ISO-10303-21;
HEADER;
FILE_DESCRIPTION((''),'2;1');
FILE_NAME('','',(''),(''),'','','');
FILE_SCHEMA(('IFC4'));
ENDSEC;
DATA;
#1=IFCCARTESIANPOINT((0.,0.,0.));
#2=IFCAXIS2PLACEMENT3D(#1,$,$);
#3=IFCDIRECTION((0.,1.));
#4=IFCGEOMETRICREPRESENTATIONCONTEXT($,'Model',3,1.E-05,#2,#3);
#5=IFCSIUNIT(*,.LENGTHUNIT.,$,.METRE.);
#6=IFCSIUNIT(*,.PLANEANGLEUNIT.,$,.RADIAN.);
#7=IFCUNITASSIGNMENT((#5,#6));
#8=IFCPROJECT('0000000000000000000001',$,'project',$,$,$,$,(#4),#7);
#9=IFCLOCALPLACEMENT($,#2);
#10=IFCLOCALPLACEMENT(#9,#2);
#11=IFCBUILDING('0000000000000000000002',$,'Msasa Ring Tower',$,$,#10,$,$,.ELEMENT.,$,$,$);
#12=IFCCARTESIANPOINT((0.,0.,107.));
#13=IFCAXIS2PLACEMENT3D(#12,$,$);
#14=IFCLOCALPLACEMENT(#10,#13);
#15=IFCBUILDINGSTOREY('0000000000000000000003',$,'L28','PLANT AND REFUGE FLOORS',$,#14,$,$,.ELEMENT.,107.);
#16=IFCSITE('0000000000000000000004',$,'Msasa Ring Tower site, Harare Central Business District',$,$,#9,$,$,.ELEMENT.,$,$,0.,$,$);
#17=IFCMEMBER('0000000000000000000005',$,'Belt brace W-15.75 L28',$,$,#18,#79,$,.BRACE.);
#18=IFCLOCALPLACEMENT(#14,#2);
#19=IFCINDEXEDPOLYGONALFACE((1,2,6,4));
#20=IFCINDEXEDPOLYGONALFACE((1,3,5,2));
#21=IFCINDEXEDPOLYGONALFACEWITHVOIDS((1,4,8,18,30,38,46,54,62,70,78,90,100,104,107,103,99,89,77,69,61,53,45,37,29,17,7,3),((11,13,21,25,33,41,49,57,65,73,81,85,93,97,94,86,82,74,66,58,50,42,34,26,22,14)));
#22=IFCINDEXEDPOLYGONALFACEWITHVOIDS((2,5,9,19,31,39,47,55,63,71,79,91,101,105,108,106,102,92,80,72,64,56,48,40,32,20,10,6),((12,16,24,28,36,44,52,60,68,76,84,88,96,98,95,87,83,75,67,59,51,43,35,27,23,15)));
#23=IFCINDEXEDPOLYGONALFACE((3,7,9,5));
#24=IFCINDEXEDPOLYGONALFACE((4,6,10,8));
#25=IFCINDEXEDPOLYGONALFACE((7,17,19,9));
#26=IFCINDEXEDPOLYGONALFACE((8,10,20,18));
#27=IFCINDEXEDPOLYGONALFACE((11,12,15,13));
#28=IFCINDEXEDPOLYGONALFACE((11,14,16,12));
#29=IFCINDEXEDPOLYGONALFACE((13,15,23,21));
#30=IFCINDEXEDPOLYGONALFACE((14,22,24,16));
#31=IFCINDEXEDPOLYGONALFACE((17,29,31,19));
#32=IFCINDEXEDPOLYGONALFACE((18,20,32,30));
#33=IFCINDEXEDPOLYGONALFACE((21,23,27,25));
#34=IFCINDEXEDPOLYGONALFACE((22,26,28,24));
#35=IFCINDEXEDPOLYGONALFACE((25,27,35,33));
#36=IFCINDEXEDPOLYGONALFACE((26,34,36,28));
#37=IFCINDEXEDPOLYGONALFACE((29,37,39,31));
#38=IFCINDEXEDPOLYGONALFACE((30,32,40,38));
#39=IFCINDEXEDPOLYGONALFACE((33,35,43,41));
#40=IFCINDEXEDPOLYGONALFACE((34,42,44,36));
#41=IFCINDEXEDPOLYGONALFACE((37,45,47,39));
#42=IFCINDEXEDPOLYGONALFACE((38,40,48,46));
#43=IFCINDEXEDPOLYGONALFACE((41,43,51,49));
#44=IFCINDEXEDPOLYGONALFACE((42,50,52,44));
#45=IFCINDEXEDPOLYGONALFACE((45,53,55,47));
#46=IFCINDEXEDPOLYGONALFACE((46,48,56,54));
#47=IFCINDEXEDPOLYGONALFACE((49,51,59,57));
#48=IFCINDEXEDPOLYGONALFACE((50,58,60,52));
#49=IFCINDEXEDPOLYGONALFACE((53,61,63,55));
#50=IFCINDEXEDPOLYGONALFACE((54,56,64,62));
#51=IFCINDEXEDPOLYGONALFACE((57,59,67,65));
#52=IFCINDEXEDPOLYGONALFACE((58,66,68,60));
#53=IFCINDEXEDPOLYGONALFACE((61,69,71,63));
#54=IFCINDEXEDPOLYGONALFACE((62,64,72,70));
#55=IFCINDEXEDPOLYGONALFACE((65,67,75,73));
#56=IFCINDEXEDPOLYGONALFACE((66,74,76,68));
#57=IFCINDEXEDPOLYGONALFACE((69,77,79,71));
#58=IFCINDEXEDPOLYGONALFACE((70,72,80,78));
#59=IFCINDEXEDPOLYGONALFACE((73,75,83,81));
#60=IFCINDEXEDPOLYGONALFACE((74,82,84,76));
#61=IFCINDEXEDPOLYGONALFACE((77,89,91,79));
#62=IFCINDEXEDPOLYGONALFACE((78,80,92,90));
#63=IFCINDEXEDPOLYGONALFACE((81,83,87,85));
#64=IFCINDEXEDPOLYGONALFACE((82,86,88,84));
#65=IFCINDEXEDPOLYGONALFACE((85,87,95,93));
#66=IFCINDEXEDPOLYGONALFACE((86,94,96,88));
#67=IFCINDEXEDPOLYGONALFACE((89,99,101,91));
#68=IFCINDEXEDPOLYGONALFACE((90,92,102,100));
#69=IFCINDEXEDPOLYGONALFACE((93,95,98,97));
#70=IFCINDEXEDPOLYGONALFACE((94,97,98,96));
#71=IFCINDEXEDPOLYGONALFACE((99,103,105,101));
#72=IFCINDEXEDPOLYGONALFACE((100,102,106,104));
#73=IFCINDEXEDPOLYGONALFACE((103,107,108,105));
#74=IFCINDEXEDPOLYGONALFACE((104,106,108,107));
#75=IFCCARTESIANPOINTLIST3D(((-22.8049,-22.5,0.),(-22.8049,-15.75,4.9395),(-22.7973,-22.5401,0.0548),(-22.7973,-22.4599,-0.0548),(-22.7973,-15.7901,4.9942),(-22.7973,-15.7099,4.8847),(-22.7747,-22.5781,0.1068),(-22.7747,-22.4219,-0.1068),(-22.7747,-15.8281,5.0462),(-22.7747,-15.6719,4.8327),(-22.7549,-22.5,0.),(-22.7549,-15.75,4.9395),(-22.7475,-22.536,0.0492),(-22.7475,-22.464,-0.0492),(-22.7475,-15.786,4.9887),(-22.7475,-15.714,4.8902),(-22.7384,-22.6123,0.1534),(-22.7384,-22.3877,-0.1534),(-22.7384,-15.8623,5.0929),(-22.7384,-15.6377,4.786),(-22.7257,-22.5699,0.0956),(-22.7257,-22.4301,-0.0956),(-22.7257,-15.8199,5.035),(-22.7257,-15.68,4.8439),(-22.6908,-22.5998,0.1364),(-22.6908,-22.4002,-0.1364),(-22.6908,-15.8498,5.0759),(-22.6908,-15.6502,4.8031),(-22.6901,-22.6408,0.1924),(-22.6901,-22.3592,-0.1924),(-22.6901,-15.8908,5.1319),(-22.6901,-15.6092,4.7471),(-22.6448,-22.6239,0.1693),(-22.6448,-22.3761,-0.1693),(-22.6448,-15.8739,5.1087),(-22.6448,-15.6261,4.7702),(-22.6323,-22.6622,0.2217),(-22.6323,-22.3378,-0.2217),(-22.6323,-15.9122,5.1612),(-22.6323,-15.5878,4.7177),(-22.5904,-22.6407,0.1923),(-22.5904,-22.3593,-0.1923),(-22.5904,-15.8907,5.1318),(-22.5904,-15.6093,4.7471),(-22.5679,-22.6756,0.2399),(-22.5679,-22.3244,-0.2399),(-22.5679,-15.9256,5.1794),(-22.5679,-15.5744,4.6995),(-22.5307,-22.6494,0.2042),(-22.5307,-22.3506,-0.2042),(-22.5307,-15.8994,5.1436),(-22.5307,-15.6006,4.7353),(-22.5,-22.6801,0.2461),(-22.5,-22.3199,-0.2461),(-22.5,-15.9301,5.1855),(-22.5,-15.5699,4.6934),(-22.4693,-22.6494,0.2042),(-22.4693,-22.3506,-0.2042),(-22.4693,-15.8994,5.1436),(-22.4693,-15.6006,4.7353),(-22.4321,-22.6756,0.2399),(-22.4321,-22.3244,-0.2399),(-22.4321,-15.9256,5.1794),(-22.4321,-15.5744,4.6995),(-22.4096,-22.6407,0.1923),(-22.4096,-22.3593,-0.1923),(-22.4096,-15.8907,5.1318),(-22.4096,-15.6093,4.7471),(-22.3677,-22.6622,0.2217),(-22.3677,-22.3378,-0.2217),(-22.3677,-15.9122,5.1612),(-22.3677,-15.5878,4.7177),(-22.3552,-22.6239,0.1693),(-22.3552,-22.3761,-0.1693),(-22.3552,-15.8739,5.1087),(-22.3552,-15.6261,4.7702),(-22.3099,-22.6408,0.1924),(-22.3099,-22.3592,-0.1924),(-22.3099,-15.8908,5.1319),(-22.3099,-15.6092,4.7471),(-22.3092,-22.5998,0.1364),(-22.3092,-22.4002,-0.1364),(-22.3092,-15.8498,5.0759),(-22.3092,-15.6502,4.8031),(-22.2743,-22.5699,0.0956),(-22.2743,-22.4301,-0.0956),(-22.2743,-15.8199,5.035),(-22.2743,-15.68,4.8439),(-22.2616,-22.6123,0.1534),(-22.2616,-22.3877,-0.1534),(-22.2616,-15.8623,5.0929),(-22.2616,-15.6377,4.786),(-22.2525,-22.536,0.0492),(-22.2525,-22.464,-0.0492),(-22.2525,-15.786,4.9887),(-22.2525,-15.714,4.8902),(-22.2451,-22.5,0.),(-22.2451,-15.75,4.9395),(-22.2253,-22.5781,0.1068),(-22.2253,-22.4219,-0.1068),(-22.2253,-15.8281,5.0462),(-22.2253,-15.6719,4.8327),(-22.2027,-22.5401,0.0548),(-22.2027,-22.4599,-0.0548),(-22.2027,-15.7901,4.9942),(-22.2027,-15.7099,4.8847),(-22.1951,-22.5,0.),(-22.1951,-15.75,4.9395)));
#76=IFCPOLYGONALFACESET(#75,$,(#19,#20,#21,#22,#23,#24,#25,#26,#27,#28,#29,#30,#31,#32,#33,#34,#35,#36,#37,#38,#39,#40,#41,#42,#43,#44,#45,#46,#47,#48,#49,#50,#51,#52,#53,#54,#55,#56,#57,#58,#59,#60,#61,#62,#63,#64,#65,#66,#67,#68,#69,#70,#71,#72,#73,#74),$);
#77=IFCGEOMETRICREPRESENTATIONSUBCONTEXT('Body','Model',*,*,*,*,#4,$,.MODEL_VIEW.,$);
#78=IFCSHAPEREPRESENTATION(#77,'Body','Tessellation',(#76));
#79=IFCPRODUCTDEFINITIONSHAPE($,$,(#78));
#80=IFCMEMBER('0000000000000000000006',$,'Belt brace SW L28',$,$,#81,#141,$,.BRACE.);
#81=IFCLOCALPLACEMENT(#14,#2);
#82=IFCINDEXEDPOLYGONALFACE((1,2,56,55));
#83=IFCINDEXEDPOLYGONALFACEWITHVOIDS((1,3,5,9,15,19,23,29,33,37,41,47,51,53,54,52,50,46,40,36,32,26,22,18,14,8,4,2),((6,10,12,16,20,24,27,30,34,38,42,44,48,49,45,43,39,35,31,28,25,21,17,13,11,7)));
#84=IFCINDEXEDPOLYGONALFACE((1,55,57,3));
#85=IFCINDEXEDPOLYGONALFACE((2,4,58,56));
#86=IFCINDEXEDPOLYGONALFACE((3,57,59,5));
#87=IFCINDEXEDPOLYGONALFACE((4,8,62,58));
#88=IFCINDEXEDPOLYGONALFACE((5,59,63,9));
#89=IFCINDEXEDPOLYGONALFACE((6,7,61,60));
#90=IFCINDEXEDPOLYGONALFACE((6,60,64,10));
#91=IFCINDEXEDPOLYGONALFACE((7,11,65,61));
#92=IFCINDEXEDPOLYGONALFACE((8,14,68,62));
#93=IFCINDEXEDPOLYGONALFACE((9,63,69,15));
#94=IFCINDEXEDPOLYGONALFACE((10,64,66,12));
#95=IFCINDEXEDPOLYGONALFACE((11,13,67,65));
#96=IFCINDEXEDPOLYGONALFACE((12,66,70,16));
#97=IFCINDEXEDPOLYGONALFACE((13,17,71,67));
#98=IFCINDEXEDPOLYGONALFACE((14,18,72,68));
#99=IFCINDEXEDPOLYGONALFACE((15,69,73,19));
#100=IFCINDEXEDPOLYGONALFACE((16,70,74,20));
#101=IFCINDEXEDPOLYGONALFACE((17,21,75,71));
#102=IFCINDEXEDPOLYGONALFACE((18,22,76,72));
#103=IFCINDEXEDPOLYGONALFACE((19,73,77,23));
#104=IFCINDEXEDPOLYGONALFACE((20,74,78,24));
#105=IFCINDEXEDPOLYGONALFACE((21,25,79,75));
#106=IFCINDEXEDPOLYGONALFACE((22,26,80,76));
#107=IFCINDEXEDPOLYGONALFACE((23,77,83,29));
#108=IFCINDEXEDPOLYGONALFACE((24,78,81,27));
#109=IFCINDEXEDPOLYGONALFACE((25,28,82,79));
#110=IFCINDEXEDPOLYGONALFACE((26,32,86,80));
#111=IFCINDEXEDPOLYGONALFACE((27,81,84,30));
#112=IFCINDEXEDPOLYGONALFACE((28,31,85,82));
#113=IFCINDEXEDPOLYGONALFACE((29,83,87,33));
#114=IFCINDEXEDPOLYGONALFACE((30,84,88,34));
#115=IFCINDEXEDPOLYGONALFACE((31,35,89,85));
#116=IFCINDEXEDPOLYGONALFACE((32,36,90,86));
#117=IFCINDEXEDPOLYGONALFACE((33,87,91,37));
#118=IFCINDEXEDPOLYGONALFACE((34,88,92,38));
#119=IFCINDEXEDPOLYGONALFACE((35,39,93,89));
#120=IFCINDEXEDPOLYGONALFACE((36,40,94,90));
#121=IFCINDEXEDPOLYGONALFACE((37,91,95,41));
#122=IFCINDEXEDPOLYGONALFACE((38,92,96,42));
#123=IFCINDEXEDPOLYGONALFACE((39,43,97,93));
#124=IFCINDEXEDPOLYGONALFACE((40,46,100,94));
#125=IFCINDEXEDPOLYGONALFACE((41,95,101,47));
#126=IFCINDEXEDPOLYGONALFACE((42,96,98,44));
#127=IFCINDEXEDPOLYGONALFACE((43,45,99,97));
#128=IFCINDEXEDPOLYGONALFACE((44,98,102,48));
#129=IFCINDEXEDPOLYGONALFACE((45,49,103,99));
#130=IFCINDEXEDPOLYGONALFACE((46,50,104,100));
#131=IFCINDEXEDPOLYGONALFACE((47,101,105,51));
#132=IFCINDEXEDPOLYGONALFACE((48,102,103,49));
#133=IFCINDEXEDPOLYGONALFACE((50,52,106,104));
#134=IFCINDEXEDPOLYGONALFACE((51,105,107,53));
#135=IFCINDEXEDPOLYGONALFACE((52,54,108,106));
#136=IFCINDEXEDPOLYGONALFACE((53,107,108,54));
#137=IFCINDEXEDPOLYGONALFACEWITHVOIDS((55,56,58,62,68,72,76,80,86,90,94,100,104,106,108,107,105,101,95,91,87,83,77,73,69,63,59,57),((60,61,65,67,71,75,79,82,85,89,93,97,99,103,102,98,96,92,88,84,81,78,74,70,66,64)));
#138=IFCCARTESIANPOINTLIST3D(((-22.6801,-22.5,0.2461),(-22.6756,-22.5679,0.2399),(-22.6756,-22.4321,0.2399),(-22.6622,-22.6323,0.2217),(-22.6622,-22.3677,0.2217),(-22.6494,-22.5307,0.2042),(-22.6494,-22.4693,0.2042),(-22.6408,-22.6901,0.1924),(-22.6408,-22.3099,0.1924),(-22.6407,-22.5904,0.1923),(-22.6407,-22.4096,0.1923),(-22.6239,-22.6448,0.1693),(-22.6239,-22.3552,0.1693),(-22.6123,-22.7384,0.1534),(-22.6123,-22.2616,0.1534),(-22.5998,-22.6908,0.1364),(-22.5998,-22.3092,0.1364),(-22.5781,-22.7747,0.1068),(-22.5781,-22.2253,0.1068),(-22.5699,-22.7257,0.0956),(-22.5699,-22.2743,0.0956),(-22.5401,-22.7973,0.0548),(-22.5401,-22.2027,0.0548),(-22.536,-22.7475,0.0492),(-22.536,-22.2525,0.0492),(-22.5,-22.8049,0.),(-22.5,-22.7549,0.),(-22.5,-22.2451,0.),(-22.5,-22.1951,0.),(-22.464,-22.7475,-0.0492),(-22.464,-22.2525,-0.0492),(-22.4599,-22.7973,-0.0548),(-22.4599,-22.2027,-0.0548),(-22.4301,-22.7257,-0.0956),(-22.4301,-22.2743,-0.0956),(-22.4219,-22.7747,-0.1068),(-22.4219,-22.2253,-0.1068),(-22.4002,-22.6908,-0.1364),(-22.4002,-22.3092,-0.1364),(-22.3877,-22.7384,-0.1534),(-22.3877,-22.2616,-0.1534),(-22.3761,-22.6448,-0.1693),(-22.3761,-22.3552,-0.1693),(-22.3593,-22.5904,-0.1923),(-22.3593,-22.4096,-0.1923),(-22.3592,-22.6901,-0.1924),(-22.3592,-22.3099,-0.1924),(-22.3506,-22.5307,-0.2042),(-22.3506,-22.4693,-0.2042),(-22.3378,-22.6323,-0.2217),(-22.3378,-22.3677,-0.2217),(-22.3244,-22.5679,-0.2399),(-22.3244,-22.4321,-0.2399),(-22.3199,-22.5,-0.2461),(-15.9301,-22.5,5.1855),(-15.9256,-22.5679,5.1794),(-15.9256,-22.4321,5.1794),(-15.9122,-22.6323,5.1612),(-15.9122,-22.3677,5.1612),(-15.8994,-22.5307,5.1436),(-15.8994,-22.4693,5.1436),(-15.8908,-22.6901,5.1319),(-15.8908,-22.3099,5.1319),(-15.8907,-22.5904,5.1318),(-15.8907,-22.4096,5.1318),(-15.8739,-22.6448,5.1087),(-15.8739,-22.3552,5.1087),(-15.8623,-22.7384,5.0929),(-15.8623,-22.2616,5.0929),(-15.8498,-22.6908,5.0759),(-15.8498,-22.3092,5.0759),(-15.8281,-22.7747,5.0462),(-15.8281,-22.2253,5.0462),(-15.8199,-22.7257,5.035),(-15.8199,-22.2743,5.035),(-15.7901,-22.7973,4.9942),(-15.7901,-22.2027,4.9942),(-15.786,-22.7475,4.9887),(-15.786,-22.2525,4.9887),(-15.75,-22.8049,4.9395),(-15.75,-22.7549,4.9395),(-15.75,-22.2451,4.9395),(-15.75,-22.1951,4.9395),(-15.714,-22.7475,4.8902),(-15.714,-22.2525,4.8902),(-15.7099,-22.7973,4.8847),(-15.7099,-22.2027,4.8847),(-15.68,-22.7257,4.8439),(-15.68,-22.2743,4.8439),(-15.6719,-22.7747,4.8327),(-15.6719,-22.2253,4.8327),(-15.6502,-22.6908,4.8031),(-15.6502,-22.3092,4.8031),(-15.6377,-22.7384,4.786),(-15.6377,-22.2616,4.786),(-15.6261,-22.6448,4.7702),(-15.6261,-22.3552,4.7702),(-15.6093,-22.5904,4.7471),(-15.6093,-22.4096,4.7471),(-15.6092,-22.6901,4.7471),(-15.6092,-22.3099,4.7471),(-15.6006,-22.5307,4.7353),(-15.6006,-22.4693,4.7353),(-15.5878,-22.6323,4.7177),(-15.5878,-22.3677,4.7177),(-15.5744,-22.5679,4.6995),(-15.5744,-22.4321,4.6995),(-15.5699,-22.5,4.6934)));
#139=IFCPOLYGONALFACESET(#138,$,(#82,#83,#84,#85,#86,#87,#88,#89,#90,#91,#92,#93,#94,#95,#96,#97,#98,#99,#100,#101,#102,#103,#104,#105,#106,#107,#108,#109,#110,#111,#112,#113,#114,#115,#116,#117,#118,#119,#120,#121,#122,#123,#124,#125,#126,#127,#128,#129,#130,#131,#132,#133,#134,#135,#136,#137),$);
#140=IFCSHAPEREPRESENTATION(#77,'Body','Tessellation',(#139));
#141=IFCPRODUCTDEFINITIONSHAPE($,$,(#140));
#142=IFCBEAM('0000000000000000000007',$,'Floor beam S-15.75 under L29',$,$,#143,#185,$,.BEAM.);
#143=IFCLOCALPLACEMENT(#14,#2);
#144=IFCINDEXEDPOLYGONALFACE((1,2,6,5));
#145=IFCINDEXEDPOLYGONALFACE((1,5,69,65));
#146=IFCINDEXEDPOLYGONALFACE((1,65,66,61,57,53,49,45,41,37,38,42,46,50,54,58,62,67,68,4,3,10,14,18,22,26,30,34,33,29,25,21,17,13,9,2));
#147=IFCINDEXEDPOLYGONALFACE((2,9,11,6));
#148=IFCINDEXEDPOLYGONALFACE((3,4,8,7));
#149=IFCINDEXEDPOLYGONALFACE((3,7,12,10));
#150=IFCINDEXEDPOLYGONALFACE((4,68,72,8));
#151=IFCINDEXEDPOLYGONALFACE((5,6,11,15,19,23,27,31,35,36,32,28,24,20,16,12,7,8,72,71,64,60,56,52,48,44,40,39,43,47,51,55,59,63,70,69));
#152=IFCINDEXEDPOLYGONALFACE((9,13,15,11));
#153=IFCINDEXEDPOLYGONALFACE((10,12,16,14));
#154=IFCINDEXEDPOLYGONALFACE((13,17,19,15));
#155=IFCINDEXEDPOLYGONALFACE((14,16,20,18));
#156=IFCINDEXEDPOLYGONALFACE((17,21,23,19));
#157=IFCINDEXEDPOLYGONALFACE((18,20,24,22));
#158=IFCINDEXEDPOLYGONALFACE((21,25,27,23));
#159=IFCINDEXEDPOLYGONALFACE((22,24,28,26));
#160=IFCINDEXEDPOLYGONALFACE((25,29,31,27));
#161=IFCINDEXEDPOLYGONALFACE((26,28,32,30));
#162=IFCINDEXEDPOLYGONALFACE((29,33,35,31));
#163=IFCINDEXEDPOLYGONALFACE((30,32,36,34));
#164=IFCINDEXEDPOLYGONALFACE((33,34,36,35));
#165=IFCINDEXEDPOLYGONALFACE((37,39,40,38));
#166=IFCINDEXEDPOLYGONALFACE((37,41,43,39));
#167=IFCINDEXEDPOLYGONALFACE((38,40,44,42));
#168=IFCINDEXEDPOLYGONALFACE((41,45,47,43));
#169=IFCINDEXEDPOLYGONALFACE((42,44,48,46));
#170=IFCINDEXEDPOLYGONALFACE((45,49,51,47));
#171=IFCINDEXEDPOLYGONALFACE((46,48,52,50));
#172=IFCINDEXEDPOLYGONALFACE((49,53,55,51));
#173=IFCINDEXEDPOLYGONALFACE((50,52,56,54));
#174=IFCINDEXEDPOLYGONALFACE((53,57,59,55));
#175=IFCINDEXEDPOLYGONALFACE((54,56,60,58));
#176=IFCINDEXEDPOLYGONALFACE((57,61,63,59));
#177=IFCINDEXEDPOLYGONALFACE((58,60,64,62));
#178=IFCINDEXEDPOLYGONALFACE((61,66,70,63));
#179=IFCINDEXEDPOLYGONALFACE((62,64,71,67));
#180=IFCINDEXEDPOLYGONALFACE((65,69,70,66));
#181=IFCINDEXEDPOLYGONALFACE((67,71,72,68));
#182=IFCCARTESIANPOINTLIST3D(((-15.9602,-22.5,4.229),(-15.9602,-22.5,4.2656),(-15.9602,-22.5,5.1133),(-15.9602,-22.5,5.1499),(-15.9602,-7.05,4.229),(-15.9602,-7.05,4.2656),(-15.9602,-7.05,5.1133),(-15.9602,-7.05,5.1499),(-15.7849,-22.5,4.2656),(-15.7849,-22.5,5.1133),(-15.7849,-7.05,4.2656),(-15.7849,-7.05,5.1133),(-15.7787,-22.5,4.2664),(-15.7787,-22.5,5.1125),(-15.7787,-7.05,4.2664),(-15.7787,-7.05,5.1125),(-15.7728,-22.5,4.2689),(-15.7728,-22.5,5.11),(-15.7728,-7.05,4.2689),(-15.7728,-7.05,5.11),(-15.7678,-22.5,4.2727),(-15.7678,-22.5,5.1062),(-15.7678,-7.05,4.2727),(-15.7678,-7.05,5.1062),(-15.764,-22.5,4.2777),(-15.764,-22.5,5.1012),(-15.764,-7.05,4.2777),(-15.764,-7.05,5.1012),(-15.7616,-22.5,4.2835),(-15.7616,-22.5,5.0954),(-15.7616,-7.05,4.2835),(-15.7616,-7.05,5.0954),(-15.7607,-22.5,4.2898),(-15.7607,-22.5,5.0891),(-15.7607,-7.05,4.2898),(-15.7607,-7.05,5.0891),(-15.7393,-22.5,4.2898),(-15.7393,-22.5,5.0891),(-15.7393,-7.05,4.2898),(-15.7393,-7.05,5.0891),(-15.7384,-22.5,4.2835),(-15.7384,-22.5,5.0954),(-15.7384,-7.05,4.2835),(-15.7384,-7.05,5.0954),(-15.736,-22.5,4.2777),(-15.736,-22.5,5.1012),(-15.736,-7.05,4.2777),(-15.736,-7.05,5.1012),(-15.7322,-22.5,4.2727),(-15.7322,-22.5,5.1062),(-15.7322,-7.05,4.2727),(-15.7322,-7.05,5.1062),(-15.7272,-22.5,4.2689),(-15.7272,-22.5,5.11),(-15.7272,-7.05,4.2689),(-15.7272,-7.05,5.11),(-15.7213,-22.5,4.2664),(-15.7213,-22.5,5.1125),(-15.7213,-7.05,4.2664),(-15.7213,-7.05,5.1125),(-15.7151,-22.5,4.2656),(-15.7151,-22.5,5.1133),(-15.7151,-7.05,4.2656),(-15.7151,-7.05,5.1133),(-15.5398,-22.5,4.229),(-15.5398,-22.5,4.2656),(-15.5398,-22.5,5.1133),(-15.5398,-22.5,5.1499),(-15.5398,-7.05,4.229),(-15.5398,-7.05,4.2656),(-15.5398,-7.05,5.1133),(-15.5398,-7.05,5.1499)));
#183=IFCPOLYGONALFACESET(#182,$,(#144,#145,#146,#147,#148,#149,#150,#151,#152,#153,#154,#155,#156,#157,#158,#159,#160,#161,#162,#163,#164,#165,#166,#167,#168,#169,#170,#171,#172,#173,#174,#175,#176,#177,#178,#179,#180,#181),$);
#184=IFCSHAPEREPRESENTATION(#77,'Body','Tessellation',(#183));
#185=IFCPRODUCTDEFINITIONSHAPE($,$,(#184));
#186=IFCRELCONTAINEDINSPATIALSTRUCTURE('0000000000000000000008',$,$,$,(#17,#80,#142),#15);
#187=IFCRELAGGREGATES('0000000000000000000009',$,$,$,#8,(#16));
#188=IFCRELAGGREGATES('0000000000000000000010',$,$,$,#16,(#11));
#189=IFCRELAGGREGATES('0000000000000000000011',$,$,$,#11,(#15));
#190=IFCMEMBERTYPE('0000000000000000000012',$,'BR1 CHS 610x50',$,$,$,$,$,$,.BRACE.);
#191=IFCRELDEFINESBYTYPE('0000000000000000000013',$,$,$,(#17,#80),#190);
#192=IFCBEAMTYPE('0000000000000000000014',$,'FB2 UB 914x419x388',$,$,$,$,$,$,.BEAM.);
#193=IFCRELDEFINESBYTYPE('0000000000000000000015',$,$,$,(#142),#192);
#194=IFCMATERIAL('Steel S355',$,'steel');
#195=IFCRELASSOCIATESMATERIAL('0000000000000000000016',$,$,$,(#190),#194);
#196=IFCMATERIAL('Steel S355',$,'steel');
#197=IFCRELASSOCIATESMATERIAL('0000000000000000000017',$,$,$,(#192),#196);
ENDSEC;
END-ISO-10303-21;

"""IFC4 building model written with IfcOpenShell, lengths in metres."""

from ifc_helpers import new_model, si_unit, direction, frame, origin, origin_2d, place, context, subcontext, project, spatial, hollow_circle, i_section, extrude, material, material_profile, profile_set, type_object, element, save


model = new_model("IFC4")

# Units and contexts
model_context = context("Model", 3, precision=1e-05, world=origin(), true_north=direction((0.0, 1.0)))
body_context = subcontext(model_context, "Body", "Model", "MODEL_VIEW")
ifc_project = project(units=[si_unit("LENGTHUNIT", "METRE"), si_unit("PLANEANGLEUNIT", "RADIAN")], contexts=[model_context])

# Site, building, storey
site_placement = place(None, origin())
site = spatial("IfcSite", under=ifc_project, at=site_placement, Name="Msasa Ring Tower site, Harare Central Business District", CompositionType="ELEMENT", RefElevation=0.0)
building_placement = place(site_placement, origin())
building = spatial("IfcBuilding", under=site, at=building_placement, Name="Msasa Ring Tower", CompositionType="ELEMENT")
storey_placement = place(building_placement, frame((0.0, 0.0, 107.0)))
storey = spatial("IfcBuildingStorey", under=building, at=storey_placement, Name="L28", Description="PLANT AND REFUGE FLOORS", CompositionType="ELEMENT", Elevation=107.0)

# Members
ifc_material_1 = material(Name="Steel S355", Category="steel")
ifc_material_profile_1 = material_profile(ifc_material_1, hollow_circle(Radius=0.3049, WallThickness=0.05, at=origin_2d()), Name="CHS 610x50")
ifc_profile_set_1 = profile_set([ifc_material_profile_1], Name="Steel S355")
member_type = type_object("IfcMemberType", Name="BR1 CHS 610x50", PredefinedType="BRACE", material=ifc_profile_set_1)
for number, where, z_axis, x_axis, name in (
    (1, (-22.5, -22.5, 0.0), (0.0, 0.807006, 0.590543), (-1.0, 0.0, 0.0), "Belt brace W-15.75 L28"),
    (2, (-22.5, -22.5, 0.0), (0.807006, 0.0, 0.590543), (0.0, 1.0, 0.0), "Belt brace SW L28"),
):
    element("IfcMember", number, at=place(storey_placement, frame(where, z_axis=z_axis, x_axis=x_axis)), inside=storey, type_object=member_type, Name=name, PredefinedType="BRACE", context=body_context, shape_type="SweptSolid", body=[
        extrude(hollow_circle(Radius=0.3049, WallThickness=0.05, at=origin_2d()), origin(), (0.0, 0.0, 1.0), 8.3643),
    ])

# Beam
ifc_material_2 = material(Name="Steel S355", Category="steel")
ifc_material_profile_2 = material_profile(ifc_material_2, i_section(OverallWidth=0.4204, OverallDepth=0.9209, WebThickness=0.0215, FlangeThickness=0.0366, FilletRadius=0.0242, at=origin_2d()), Name="UB 914x419x388")
ifc_profile_set_2 = profile_set([ifc_material_profile_2], Name="Steel S355")
beam_type_1 = type_object("IfcBeamType", Name="FB2 UB 914x419x388", PredefinedType="BEAM", material=ifc_profile_set_2)
beam_1_placement = place(storey_placement, frame((-15.75, -22.5, 4.6895), z_axis=(0.0, 1.0, 0.0), x_axis=(-1.0, 0.0, 0.0)))
element("IfcBeam", 3, at=beam_1_placement, inside=storey, type_object=beam_type_1, Name="Floor beam S-15.75 under L29", PredefinedType="BEAM", context=body_context, shape_type="SweptSolid", body=[
    extrude(i_section(OverallWidth=0.4204, OverallDepth=0.9209, WebThickness=0.0215, FlangeThickness=0.0366, FilletRadius=0.0242, at=origin_2d()), origin(), (0.0, 0.0, 1.0), 15.45),
])

save(model, "model.ifc")
